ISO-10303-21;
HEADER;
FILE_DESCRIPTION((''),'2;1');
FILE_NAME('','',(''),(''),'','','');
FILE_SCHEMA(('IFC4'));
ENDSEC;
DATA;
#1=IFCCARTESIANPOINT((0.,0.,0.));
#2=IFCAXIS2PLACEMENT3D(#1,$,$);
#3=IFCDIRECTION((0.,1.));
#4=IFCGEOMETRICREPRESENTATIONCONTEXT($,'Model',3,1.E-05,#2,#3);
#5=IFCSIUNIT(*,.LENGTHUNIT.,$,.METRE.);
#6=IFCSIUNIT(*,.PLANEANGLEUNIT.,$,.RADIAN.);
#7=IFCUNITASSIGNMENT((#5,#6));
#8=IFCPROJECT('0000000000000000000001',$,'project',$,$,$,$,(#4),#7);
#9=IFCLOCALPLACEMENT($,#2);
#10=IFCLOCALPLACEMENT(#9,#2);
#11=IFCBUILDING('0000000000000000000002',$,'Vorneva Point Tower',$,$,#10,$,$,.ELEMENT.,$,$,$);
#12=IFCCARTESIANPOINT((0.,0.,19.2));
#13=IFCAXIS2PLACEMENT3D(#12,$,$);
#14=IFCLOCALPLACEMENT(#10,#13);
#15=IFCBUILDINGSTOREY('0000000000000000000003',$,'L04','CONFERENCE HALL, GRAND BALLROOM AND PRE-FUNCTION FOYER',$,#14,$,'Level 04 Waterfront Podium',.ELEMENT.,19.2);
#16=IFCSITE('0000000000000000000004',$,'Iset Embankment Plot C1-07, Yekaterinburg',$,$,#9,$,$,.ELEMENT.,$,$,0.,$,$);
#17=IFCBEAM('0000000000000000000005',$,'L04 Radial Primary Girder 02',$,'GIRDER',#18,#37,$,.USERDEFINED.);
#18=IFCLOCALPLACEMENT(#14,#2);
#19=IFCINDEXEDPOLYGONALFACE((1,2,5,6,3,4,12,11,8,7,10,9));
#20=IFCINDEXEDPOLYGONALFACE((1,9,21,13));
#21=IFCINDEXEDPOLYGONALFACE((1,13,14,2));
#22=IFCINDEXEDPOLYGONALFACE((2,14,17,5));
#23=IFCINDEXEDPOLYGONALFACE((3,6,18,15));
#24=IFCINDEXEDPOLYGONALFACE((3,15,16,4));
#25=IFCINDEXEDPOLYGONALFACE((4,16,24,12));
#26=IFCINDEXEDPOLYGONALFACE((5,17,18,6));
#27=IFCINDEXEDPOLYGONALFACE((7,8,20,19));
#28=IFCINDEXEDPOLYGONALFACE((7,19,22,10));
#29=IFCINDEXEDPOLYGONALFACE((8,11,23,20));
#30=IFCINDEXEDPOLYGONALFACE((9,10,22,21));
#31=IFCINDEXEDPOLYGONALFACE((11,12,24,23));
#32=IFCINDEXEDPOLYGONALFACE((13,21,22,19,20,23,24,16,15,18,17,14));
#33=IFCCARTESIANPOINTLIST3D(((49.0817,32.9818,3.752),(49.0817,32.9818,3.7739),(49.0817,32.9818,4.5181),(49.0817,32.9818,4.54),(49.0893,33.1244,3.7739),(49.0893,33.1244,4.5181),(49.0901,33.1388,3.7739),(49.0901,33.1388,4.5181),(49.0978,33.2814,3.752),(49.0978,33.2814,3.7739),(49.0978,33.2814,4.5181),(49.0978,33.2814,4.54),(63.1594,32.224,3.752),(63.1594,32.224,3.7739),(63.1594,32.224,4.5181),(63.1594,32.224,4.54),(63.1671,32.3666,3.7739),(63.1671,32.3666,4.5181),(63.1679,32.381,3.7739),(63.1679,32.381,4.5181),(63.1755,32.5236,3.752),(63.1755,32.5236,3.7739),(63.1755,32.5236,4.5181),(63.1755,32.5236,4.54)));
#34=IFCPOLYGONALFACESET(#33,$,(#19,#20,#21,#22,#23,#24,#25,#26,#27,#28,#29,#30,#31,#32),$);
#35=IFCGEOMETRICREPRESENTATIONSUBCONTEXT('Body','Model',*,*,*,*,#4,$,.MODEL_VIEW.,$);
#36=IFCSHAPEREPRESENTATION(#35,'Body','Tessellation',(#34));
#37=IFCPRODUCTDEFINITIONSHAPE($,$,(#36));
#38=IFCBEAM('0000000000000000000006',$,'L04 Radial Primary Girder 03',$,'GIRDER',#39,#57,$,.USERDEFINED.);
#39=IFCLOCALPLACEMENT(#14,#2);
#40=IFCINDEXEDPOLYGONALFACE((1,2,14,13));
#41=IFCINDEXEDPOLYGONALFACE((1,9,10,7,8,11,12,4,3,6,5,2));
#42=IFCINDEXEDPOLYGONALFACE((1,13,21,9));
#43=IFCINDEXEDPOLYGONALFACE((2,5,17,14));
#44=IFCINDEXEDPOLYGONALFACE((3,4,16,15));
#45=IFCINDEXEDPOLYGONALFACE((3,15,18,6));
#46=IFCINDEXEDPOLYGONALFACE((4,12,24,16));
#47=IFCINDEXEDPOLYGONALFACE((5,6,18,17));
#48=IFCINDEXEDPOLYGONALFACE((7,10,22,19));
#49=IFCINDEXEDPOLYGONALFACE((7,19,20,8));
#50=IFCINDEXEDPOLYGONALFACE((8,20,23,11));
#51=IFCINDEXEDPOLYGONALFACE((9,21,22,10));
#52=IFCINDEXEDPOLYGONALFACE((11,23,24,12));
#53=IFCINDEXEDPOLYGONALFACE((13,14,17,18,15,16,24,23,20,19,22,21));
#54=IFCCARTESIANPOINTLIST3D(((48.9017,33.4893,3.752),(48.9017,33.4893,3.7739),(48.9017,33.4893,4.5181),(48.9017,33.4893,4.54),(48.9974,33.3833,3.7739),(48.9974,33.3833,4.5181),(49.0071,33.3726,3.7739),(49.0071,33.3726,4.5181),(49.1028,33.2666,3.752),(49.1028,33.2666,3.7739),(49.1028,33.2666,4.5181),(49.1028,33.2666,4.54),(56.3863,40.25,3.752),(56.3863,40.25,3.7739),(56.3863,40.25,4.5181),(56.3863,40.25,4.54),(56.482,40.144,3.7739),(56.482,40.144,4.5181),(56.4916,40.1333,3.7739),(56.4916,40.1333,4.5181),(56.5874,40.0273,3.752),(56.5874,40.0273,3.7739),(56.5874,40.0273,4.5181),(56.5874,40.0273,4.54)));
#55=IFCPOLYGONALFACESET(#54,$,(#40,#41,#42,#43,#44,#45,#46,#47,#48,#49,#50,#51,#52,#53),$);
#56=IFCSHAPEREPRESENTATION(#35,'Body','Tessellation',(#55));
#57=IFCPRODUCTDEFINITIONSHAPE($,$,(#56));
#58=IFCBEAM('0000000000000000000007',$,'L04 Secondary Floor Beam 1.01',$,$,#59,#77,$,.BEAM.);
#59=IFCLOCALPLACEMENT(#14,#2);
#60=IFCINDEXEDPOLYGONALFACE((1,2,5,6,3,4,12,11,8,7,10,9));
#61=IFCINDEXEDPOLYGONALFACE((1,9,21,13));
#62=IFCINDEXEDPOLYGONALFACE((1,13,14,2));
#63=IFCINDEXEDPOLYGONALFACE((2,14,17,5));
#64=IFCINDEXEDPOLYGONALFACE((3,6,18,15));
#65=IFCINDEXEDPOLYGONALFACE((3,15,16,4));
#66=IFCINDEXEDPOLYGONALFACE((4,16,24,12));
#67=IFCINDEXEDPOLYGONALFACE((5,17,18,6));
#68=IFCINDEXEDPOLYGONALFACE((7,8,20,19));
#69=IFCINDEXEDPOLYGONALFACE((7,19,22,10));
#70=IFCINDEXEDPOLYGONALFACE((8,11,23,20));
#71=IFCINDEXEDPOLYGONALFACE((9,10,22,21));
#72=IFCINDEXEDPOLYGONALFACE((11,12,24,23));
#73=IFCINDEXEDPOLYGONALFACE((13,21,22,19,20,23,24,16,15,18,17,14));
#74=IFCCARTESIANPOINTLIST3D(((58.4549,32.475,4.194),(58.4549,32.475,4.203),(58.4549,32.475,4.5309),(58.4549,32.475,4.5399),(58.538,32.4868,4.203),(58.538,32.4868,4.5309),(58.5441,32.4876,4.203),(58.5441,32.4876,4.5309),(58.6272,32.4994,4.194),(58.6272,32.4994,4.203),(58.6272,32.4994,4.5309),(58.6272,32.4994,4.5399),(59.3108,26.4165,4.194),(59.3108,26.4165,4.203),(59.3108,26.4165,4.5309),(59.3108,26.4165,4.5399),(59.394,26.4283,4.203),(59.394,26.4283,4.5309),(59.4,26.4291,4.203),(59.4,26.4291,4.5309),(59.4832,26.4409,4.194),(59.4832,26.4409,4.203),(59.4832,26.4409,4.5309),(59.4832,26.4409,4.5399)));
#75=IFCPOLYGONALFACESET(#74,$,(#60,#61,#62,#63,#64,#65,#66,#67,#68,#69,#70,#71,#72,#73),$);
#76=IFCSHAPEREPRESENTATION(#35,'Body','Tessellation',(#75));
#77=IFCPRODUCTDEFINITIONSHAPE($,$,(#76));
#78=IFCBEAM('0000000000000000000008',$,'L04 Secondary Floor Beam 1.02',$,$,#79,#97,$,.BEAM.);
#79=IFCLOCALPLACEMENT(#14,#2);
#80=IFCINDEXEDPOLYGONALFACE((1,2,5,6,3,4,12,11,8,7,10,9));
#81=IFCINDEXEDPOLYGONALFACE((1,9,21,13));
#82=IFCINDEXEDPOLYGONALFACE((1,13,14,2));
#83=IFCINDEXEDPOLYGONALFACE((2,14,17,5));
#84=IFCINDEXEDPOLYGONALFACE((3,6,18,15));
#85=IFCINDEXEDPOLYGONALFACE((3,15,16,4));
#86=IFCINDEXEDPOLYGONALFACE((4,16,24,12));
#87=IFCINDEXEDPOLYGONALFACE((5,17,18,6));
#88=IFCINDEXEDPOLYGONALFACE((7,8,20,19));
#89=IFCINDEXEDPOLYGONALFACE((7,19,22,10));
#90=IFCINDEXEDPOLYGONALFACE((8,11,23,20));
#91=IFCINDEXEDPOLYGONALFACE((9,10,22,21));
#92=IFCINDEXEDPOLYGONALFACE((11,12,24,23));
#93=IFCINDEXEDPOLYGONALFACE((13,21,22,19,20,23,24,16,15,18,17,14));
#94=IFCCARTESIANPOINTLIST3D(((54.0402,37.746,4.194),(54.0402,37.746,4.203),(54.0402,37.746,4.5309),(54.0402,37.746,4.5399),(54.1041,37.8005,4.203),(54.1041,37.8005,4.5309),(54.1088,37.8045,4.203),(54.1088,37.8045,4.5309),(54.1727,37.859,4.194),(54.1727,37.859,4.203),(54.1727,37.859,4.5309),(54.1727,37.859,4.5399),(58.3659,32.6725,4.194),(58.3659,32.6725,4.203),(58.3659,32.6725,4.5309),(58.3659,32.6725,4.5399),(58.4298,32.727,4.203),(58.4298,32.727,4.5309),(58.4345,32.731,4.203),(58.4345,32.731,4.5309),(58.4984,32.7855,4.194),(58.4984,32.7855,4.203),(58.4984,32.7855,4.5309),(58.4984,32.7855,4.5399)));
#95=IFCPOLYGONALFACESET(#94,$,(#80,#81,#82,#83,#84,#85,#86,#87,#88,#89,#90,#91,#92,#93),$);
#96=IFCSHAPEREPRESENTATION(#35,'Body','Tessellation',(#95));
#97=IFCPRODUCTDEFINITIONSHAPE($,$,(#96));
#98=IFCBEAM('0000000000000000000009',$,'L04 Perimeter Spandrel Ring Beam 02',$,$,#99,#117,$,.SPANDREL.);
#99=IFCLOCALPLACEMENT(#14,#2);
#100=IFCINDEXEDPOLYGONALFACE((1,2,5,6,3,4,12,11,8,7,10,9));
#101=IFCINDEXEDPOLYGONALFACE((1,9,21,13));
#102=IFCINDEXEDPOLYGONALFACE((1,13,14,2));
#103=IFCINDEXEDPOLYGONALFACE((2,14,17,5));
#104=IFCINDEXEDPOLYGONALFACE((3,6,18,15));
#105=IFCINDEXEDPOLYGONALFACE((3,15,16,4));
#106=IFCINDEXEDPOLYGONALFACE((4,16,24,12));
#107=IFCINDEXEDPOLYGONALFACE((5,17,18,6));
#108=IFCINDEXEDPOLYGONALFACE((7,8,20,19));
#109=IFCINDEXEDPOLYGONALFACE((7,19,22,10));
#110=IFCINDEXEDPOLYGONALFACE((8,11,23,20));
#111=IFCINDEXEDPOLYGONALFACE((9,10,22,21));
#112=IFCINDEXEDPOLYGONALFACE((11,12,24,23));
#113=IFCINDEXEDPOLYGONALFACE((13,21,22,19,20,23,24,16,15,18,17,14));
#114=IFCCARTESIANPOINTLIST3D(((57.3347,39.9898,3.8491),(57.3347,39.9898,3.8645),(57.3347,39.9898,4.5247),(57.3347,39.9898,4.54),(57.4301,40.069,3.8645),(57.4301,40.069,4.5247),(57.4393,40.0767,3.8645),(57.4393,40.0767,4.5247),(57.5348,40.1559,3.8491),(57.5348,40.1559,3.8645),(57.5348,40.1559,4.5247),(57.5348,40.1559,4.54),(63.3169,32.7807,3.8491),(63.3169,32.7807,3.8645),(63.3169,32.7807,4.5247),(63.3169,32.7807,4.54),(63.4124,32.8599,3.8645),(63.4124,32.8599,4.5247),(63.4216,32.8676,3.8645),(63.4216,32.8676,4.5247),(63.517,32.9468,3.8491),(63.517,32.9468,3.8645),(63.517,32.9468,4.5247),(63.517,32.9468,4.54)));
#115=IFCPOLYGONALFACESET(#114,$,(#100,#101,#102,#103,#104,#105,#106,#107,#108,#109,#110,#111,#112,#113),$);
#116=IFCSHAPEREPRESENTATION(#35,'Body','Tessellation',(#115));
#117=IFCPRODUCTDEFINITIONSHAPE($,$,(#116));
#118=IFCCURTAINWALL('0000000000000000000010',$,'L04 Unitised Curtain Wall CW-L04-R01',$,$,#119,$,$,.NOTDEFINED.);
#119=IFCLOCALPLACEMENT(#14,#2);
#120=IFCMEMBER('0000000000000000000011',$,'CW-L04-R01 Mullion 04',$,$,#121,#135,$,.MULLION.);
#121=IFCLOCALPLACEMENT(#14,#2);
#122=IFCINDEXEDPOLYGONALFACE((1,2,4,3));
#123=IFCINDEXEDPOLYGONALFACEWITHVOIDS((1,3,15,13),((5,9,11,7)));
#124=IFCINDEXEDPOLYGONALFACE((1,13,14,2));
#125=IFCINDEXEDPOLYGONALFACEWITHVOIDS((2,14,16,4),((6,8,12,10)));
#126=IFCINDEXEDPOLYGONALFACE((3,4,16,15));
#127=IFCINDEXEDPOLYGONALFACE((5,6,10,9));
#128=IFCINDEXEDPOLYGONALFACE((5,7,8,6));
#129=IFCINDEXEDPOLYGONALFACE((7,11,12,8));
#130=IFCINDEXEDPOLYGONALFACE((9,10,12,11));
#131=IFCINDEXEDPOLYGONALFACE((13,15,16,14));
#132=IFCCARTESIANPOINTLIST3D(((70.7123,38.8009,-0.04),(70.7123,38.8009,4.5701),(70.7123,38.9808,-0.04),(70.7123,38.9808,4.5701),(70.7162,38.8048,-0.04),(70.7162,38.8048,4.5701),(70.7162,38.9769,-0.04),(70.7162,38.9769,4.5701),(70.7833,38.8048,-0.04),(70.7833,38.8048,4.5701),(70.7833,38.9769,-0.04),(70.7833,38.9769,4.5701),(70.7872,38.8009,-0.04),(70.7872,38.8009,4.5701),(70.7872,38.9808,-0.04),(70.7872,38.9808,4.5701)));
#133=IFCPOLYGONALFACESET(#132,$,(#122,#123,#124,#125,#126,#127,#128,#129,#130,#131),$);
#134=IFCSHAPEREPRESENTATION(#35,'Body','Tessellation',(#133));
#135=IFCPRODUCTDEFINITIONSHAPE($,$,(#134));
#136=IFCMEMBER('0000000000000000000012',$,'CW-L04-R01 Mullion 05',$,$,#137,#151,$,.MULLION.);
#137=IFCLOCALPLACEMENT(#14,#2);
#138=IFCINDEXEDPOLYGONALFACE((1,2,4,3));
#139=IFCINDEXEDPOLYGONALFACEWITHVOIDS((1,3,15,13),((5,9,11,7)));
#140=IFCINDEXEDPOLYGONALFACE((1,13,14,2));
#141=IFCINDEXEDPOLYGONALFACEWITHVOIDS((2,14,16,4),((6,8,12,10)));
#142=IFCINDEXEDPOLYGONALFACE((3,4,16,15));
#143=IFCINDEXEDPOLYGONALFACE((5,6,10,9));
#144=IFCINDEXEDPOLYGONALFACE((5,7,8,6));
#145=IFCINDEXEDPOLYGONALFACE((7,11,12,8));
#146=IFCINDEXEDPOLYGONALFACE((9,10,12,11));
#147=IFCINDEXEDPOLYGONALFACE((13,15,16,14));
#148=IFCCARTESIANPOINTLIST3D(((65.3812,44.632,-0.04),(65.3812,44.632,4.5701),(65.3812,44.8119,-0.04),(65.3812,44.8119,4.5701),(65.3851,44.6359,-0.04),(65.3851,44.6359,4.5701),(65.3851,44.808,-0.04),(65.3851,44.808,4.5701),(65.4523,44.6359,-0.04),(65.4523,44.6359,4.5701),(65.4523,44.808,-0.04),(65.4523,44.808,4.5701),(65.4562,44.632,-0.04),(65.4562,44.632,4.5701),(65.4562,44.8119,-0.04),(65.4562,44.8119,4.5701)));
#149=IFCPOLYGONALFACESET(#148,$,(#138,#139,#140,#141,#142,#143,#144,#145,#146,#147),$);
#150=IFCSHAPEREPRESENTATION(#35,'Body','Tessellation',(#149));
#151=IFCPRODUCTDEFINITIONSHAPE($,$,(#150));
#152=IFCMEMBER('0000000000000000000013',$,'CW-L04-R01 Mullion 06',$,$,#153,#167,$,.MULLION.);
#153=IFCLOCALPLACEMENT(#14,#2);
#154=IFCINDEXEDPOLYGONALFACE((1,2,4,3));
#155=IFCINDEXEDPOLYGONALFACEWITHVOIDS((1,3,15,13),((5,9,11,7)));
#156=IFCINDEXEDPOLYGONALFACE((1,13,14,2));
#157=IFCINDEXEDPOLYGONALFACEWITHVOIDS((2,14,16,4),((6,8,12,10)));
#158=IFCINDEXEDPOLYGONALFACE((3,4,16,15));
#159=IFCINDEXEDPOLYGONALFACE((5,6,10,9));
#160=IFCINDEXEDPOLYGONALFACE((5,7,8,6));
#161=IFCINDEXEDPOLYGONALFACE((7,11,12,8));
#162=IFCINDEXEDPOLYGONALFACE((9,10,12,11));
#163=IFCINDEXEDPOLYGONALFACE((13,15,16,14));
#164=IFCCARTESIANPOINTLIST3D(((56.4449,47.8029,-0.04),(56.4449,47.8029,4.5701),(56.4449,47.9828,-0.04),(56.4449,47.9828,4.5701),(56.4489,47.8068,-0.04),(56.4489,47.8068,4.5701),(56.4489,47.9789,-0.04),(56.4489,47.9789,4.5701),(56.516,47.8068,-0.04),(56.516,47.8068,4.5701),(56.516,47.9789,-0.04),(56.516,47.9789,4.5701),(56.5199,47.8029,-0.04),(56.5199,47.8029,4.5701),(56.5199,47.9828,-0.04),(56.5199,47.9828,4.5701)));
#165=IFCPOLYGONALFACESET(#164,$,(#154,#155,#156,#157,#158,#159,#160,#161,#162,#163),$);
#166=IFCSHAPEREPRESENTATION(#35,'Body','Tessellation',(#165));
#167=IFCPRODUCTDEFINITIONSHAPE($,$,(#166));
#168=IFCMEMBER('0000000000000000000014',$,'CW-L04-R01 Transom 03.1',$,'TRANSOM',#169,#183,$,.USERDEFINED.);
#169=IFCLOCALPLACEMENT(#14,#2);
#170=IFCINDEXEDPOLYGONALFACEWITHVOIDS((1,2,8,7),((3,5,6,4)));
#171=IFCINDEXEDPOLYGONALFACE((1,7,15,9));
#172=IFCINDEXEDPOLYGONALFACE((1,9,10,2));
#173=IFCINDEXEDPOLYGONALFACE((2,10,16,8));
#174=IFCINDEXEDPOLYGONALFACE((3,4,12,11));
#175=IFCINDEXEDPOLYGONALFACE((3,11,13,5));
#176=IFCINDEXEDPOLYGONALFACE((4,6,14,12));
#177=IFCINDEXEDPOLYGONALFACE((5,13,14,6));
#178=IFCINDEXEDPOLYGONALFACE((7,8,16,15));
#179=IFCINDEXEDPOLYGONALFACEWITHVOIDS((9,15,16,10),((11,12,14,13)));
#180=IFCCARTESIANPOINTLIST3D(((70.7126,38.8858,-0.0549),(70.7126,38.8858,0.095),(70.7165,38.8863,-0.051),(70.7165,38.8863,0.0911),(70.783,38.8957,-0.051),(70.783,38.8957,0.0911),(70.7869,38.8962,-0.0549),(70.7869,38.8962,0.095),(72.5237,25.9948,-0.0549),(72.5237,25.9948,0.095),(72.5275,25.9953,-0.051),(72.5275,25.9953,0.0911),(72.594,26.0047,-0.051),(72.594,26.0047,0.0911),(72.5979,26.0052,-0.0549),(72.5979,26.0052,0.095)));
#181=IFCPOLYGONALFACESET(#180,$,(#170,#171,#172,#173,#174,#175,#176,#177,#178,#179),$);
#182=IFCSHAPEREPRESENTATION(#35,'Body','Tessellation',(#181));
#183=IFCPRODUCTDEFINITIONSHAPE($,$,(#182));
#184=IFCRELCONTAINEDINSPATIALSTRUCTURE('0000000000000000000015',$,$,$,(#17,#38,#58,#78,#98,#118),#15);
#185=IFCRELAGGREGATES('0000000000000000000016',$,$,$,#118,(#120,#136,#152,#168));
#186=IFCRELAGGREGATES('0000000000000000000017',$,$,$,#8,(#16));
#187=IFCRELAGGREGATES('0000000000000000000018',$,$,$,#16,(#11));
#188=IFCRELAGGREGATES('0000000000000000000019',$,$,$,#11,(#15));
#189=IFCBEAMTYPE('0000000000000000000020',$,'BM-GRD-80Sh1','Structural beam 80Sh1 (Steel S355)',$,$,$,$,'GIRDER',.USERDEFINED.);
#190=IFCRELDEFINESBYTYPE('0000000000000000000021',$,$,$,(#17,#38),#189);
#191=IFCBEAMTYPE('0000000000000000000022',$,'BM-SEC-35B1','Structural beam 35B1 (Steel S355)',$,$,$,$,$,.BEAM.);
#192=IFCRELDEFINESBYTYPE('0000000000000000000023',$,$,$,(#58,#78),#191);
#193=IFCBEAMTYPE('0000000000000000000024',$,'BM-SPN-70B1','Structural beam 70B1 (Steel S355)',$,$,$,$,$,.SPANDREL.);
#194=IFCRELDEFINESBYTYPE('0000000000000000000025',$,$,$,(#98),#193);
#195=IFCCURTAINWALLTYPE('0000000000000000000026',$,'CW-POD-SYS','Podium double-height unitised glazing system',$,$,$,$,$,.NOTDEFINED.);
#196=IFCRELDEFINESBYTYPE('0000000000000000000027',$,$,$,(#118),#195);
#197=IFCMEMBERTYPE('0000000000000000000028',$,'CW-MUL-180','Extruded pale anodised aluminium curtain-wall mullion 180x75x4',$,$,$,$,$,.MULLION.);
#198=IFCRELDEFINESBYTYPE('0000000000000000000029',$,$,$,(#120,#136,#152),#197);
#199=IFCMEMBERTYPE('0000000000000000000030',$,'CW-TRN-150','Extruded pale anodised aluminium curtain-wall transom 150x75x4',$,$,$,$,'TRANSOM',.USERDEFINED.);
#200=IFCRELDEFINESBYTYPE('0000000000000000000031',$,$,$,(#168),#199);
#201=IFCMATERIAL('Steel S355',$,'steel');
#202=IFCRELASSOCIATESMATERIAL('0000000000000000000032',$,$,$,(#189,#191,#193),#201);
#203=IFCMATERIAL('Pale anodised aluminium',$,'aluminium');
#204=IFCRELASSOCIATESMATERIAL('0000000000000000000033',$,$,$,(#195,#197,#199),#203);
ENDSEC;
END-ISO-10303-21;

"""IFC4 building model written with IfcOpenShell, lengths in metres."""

from ifc_helpers import new_model, si_unit, direction, frame, origin, origin_2d, place, context, subcontext, project, spatial, hollow_rectangle, i_section, extrude, material, material_profile, profile_set, type_object, element, aggregate, save


model = new_model("IFC4")

# Units and contexts
model_context = context("Model", 3, precision=1e-05, world=origin(), true_north=direction((0.0, 1.0)))
body_context = subcontext(model_context, "Body", "Model", "MODEL_VIEW")
ifc_project = project(units=[si_unit("LENGTHUNIT", "METRE"), si_unit("PLANEANGLEUNIT", "RADIAN")], contexts=[model_context])

# Site, building, storey
site_placement = place(None, origin())
site = spatial("IfcSite", under=ifc_project, at=site_placement, Name="Iset Embankment Plot C1-07, Yekaterinburg", CompositionType="ELEMENT", RefElevation=0.0)
building_placement = place(site_placement, origin())
building = spatial("IfcBuilding", under=site, at=building_placement, Name="Vorneva Point Tower", CompositionType="ELEMENT")
storey_placement = place(building_placement, frame((0.0, 0.0, 19.2)))
storey = spatial("IfcBuildingStorey", under=building, at=storey_placement, Name="L04", Description="CONFERENCE HALL, GRAND BALLROOM AND PRE-FUNCTION FOYER", LongName="Level 04 Waterfront Podium", CompositionType="ELEMENT", Elevation=19.2)

# Beams
ifc_material_1 = material(Name="Steel S355", Category="steel")
ifc_material_profile_1 = material_profile(ifc_material_1, i_section(OverallWidth=0.3, OverallDepth=0.7881, WebThickness=0.0144, FlangeThickness=0.022, at=origin_2d()), Name="80Sh1")
ifc_profile_set_1 = profile_set([ifc_material_profile_1], Name="Steel S355")
beam_type_1 = type_object("IfcBeamType", Name="BM-GRD-80Sh1", Description="Structural beam 80Sh1 (Steel S355)", ElementType="GIRDER", PredefinedType="USERDEFINED", material=ifc_profile_set_1)
beam_1_placement = place(storey_placement, frame((63.1675, 32.3738, 4.146), z_axis=(-0.998554, 0.053752, 0.0), x_axis=(-0.053752, -0.998554, 0.0)))
element("IfcBeam", 1, at=beam_1_placement, inside=storey, type_object=beam_type_1, Name="L04 Radial Primary Girder 02", ObjectType="GIRDER", PredefinedType="USERDEFINED", context=body_context, shape_type="SweptSolid", body=[
    extrude(i_section(OverallWidth=0.3, OverallDepth=0.7881, WebThickness=0.0144, FlangeThickness=0.022, at=origin_2d()), origin(), (0.0, 0.0, 1.0), 14.0981),
])
beam_2_placement = place(storey_placement, frame((56.4868, 40.1387, 4.146), z_axis=(-0.742081, -0.67031, 0.0), x_axis=(0.67031, -0.742081, 0.0)))
element("IfcBeam", 2, at=beam_2_placement, inside=storey, type_object=beam_type_1, Name="L04 Radial Primary Girder 03", ObjectType="GIRDER", PredefinedType="USERDEFINED", context=body_context, shape_type="SweptSolid", body=[
    extrude(i_section(OverallWidth=0.3, OverallDepth=0.7881, WebThickness=0.0144, FlangeThickness=0.022, at=origin_2d()), origin(), (0.0, 0.0, 1.0), 10.0859),
])
ifc_material_profile_2 = material_profile(ifc_material_1, i_section(OverallWidth=0.1741, OverallDepth=0.3459, WebThickness=0.0061, FlangeThickness=0.009, at=origin_2d()), Name="35B1")
ifc_profile_set_2 = profile_set([ifc_material_profile_2], Name="Steel S355")
beam_type_2 = type_object("IfcBeamType", Name="BM-SEC-35B1", Description="Structural beam 35B1 (Steel S355)", PredefinedType="BEAM", material=ifc_profile_set_2)
beam_3_placement = place(storey_placement, frame((59.397, 26.4287, 4.3669), z_axis=(-0.139891, 0.990167, 0.0), x_axis=(-0.990167, -0.139891, 0.0)))
element("IfcBeam", 3, at=beam_3_placement, inside=storey, type_object=beam_type_2, Name="L04 Secondary Floor Beam 1.01", PredefinedType="BEAM", context=body_context, shape_type="SweptSolid", body=[
    extrude(i_section(OverallWidth=0.1741, OverallDepth=0.3459, WebThickness=0.0061, FlangeThickness=0.009, at=origin_2d()), origin(), (0.0, 0.0, 1.0), 6.1187),
])
beam_4_placement = place(storey_placement, frame((58.4321, 32.729, 4.3669), z_axis=(-0.648799, 0.76096, 0.0), x_axis=(-0.76096, -0.648799, 0.0)))
element("IfcBeam", 4, at=beam_4_placement, inside=storey, type_object=beam_type_2, Name="L04 Secondary Floor Beam 1.02", PredefinedType="BEAM", context=body_context, shape_type="SweptSolid", body=[
    extrude(i_section(OverallWidth=0.1741, OverallDepth=0.3459, WebThickness=0.0061, FlangeThickness=0.009, at=origin_2d()), origin(), (0.0, 0.0, 1.0), 6.6672),
])
ifc_material_profile_3 = material_profile(ifc_material_1, i_section(OverallWidth=0.26, OverallDepth=0.6909, WebThickness=0.012, FlangeThickness=0.0154, at=origin_2d()), Name="70B1")
ifc_profile_set_3 = profile_set([ifc_material_profile_3], Name="Steel S355")
beam_type_3 = type_object("IfcBeamType", Name="BM-SPN-70B1", Description="Structural beam 70B1 (Steel S355)", PredefinedType="SPANDREL", material=ifc_profile_set_3)
beam_5_placement = place(storey_placement, frame((63.417, 32.8638, 4.1946), z_axis=(-0.638589, 0.769548, 0.0), x_axis=(-0.769548, -0.638589, 0.0)))
element("IfcBeam", 5, at=beam_5_placement, inside=storey, type_object=beam_type_3, Name="L04 Perimeter Spandrel Ring Beam 02", PredefinedType="SPANDREL", context=body_context, shape_type="SweptSolid", body=[
    extrude(i_section(OverallWidth=0.26, OverallDepth=0.6909, WebThickness=0.012, FlangeThickness=0.0154, at=origin_2d()), origin(), (0.0, 0.0, 1.0), 9.3679),
])

# Curtain wall, members
ifc_material_2 = material(Name="Pale anodised aluminium", Category="aluminium")
curtain_wall_type = type_object("IfcCurtainWallType", Name="CW-POD-SYS", Description="Podium double-height unitised glazing system", PredefinedType="NOTDEFINED", material=ifc_material_2)
curtain_wall_placement = place(storey_placement, origin())
curtain_wall = element("IfcCurtainWall", 6, at=curtain_wall_placement, inside=storey, type_object=curtain_wall_type, Name="L04 Unitised Curtain Wall CW-L04-R01", PredefinedType="NOTDEFINED")
ifc_material_profile_4 = material_profile(ifc_material_2, hollow_rectangle(XDim=0.075, YDim=0.1799, WallThickness=0.0039, at=origin_2d()), Name="AL-MUL 180x75x4")
ifc_profile_set_4 = profile_set([ifc_material_profile_4], Name="Pale anodised aluminium")
member_type_1 = type_object("IfcMemberType", Name="CW-MUL-180", Description="Extruded pale anodised aluminium curtain-wall mullion 180x75x4", PredefinedType="MULLION", material=ifc_profile_set_4)
member_1_placement = place(storey_placement, frame((70.7498, 38.8909, -0.04), z_axis=(0.0, 0.0, 1.0), x_axis=(1.0, 0.0, 0.0)))
member_1 = element("IfcMember", 7, at=member_1_placement, type_object=member_type_1, Name="CW-L04-R01 Mullion 04", PredefinedType="MULLION", context=body_context, shape_type="SweptSolid", body=[
    extrude(hollow_rectangle(XDim=0.075, YDim=0.1799, WallThickness=0.0039, at=origin_2d()), origin(), (0.0, 0.0, 1.0), 4.6101),
])
member_2_placement = place(storey_placement, frame((65.4187, 44.7219, -0.04), z_axis=(0.0, 0.0, 1.0), x_axis=(1.0, 0.0, 0.0)))
member_2 = element("IfcMember", 8, at=member_2_placement, type_object=member_type_1, Name="CW-L04-R01 Mullion 05", PredefinedType="MULLION", context=body_context, shape_type="SweptSolid", body=[
    extrude(hollow_rectangle(XDim=0.075, YDim=0.1799, WallThickness=0.0039, at=origin_2d()), origin(), (0.0, 0.0, 1.0), 4.6101),
])
member_3_placement = place(storey_placement, frame((56.4824, 47.8928, -0.04), z_axis=(0.0, 0.0, 1.0), x_axis=(1.0, 0.0, 0.0)))
member_3 = element("IfcMember", 9, at=member_3_placement, type_object=member_type_1, Name="CW-L04-R01 Mullion 06", PredefinedType="MULLION", context=body_context, shape_type="SweptSolid", body=[
    extrude(hollow_rectangle(XDim=0.075, YDim=0.1799, WallThickness=0.0039, at=origin_2d()), origin(), (0.0, 0.0, 1.0), 4.6101),
])
ifc_material_profile_5 = material_profile(ifc_material_2, hollow_rectangle(XDim=0.075, YDim=0.1499, WallThickness=0.0039, at=origin_2d()), Name="AL-TRN 150x75x4")
ifc_profile_set_5 = profile_set([ifc_material_profile_5], Name="Pale anodised aluminium")
member_type_2 = type_object("IfcMemberType", Name="CW-TRN-150", Description="Extruded pale anodised aluminium curtain-wall transom 150x75x4", ElementType="TRANSOM", PredefinedType="USERDEFINED", material=ifc_profile_set_5)
member_4_placement = place(storey_placement, frame((72.5608, 26.0, 0.02), z_axis=(-0.139124, 0.990275, 0.0), x_axis=(-0.990275, -0.139124, 0.0)))
member_4 = element("IfcMember", 10, at=member_4_placement, type_object=member_type_2, Name="CW-L04-R01 Transom 03.1", ObjectType="TRANSOM", PredefinedType="USERDEFINED", context=body_context, shape_type="SweptSolid", body=[
    extrude(hollow_rectangle(XDim=0.075, YDim=0.1499, WallThickness=0.0039, at=origin_2d()), origin(), (0.0, 0.0, 1.0), 13.0176),
])
aggregate(curtain_wall, [member_1, member_2, member_3, member_4])

save(model, "model.ifc")
